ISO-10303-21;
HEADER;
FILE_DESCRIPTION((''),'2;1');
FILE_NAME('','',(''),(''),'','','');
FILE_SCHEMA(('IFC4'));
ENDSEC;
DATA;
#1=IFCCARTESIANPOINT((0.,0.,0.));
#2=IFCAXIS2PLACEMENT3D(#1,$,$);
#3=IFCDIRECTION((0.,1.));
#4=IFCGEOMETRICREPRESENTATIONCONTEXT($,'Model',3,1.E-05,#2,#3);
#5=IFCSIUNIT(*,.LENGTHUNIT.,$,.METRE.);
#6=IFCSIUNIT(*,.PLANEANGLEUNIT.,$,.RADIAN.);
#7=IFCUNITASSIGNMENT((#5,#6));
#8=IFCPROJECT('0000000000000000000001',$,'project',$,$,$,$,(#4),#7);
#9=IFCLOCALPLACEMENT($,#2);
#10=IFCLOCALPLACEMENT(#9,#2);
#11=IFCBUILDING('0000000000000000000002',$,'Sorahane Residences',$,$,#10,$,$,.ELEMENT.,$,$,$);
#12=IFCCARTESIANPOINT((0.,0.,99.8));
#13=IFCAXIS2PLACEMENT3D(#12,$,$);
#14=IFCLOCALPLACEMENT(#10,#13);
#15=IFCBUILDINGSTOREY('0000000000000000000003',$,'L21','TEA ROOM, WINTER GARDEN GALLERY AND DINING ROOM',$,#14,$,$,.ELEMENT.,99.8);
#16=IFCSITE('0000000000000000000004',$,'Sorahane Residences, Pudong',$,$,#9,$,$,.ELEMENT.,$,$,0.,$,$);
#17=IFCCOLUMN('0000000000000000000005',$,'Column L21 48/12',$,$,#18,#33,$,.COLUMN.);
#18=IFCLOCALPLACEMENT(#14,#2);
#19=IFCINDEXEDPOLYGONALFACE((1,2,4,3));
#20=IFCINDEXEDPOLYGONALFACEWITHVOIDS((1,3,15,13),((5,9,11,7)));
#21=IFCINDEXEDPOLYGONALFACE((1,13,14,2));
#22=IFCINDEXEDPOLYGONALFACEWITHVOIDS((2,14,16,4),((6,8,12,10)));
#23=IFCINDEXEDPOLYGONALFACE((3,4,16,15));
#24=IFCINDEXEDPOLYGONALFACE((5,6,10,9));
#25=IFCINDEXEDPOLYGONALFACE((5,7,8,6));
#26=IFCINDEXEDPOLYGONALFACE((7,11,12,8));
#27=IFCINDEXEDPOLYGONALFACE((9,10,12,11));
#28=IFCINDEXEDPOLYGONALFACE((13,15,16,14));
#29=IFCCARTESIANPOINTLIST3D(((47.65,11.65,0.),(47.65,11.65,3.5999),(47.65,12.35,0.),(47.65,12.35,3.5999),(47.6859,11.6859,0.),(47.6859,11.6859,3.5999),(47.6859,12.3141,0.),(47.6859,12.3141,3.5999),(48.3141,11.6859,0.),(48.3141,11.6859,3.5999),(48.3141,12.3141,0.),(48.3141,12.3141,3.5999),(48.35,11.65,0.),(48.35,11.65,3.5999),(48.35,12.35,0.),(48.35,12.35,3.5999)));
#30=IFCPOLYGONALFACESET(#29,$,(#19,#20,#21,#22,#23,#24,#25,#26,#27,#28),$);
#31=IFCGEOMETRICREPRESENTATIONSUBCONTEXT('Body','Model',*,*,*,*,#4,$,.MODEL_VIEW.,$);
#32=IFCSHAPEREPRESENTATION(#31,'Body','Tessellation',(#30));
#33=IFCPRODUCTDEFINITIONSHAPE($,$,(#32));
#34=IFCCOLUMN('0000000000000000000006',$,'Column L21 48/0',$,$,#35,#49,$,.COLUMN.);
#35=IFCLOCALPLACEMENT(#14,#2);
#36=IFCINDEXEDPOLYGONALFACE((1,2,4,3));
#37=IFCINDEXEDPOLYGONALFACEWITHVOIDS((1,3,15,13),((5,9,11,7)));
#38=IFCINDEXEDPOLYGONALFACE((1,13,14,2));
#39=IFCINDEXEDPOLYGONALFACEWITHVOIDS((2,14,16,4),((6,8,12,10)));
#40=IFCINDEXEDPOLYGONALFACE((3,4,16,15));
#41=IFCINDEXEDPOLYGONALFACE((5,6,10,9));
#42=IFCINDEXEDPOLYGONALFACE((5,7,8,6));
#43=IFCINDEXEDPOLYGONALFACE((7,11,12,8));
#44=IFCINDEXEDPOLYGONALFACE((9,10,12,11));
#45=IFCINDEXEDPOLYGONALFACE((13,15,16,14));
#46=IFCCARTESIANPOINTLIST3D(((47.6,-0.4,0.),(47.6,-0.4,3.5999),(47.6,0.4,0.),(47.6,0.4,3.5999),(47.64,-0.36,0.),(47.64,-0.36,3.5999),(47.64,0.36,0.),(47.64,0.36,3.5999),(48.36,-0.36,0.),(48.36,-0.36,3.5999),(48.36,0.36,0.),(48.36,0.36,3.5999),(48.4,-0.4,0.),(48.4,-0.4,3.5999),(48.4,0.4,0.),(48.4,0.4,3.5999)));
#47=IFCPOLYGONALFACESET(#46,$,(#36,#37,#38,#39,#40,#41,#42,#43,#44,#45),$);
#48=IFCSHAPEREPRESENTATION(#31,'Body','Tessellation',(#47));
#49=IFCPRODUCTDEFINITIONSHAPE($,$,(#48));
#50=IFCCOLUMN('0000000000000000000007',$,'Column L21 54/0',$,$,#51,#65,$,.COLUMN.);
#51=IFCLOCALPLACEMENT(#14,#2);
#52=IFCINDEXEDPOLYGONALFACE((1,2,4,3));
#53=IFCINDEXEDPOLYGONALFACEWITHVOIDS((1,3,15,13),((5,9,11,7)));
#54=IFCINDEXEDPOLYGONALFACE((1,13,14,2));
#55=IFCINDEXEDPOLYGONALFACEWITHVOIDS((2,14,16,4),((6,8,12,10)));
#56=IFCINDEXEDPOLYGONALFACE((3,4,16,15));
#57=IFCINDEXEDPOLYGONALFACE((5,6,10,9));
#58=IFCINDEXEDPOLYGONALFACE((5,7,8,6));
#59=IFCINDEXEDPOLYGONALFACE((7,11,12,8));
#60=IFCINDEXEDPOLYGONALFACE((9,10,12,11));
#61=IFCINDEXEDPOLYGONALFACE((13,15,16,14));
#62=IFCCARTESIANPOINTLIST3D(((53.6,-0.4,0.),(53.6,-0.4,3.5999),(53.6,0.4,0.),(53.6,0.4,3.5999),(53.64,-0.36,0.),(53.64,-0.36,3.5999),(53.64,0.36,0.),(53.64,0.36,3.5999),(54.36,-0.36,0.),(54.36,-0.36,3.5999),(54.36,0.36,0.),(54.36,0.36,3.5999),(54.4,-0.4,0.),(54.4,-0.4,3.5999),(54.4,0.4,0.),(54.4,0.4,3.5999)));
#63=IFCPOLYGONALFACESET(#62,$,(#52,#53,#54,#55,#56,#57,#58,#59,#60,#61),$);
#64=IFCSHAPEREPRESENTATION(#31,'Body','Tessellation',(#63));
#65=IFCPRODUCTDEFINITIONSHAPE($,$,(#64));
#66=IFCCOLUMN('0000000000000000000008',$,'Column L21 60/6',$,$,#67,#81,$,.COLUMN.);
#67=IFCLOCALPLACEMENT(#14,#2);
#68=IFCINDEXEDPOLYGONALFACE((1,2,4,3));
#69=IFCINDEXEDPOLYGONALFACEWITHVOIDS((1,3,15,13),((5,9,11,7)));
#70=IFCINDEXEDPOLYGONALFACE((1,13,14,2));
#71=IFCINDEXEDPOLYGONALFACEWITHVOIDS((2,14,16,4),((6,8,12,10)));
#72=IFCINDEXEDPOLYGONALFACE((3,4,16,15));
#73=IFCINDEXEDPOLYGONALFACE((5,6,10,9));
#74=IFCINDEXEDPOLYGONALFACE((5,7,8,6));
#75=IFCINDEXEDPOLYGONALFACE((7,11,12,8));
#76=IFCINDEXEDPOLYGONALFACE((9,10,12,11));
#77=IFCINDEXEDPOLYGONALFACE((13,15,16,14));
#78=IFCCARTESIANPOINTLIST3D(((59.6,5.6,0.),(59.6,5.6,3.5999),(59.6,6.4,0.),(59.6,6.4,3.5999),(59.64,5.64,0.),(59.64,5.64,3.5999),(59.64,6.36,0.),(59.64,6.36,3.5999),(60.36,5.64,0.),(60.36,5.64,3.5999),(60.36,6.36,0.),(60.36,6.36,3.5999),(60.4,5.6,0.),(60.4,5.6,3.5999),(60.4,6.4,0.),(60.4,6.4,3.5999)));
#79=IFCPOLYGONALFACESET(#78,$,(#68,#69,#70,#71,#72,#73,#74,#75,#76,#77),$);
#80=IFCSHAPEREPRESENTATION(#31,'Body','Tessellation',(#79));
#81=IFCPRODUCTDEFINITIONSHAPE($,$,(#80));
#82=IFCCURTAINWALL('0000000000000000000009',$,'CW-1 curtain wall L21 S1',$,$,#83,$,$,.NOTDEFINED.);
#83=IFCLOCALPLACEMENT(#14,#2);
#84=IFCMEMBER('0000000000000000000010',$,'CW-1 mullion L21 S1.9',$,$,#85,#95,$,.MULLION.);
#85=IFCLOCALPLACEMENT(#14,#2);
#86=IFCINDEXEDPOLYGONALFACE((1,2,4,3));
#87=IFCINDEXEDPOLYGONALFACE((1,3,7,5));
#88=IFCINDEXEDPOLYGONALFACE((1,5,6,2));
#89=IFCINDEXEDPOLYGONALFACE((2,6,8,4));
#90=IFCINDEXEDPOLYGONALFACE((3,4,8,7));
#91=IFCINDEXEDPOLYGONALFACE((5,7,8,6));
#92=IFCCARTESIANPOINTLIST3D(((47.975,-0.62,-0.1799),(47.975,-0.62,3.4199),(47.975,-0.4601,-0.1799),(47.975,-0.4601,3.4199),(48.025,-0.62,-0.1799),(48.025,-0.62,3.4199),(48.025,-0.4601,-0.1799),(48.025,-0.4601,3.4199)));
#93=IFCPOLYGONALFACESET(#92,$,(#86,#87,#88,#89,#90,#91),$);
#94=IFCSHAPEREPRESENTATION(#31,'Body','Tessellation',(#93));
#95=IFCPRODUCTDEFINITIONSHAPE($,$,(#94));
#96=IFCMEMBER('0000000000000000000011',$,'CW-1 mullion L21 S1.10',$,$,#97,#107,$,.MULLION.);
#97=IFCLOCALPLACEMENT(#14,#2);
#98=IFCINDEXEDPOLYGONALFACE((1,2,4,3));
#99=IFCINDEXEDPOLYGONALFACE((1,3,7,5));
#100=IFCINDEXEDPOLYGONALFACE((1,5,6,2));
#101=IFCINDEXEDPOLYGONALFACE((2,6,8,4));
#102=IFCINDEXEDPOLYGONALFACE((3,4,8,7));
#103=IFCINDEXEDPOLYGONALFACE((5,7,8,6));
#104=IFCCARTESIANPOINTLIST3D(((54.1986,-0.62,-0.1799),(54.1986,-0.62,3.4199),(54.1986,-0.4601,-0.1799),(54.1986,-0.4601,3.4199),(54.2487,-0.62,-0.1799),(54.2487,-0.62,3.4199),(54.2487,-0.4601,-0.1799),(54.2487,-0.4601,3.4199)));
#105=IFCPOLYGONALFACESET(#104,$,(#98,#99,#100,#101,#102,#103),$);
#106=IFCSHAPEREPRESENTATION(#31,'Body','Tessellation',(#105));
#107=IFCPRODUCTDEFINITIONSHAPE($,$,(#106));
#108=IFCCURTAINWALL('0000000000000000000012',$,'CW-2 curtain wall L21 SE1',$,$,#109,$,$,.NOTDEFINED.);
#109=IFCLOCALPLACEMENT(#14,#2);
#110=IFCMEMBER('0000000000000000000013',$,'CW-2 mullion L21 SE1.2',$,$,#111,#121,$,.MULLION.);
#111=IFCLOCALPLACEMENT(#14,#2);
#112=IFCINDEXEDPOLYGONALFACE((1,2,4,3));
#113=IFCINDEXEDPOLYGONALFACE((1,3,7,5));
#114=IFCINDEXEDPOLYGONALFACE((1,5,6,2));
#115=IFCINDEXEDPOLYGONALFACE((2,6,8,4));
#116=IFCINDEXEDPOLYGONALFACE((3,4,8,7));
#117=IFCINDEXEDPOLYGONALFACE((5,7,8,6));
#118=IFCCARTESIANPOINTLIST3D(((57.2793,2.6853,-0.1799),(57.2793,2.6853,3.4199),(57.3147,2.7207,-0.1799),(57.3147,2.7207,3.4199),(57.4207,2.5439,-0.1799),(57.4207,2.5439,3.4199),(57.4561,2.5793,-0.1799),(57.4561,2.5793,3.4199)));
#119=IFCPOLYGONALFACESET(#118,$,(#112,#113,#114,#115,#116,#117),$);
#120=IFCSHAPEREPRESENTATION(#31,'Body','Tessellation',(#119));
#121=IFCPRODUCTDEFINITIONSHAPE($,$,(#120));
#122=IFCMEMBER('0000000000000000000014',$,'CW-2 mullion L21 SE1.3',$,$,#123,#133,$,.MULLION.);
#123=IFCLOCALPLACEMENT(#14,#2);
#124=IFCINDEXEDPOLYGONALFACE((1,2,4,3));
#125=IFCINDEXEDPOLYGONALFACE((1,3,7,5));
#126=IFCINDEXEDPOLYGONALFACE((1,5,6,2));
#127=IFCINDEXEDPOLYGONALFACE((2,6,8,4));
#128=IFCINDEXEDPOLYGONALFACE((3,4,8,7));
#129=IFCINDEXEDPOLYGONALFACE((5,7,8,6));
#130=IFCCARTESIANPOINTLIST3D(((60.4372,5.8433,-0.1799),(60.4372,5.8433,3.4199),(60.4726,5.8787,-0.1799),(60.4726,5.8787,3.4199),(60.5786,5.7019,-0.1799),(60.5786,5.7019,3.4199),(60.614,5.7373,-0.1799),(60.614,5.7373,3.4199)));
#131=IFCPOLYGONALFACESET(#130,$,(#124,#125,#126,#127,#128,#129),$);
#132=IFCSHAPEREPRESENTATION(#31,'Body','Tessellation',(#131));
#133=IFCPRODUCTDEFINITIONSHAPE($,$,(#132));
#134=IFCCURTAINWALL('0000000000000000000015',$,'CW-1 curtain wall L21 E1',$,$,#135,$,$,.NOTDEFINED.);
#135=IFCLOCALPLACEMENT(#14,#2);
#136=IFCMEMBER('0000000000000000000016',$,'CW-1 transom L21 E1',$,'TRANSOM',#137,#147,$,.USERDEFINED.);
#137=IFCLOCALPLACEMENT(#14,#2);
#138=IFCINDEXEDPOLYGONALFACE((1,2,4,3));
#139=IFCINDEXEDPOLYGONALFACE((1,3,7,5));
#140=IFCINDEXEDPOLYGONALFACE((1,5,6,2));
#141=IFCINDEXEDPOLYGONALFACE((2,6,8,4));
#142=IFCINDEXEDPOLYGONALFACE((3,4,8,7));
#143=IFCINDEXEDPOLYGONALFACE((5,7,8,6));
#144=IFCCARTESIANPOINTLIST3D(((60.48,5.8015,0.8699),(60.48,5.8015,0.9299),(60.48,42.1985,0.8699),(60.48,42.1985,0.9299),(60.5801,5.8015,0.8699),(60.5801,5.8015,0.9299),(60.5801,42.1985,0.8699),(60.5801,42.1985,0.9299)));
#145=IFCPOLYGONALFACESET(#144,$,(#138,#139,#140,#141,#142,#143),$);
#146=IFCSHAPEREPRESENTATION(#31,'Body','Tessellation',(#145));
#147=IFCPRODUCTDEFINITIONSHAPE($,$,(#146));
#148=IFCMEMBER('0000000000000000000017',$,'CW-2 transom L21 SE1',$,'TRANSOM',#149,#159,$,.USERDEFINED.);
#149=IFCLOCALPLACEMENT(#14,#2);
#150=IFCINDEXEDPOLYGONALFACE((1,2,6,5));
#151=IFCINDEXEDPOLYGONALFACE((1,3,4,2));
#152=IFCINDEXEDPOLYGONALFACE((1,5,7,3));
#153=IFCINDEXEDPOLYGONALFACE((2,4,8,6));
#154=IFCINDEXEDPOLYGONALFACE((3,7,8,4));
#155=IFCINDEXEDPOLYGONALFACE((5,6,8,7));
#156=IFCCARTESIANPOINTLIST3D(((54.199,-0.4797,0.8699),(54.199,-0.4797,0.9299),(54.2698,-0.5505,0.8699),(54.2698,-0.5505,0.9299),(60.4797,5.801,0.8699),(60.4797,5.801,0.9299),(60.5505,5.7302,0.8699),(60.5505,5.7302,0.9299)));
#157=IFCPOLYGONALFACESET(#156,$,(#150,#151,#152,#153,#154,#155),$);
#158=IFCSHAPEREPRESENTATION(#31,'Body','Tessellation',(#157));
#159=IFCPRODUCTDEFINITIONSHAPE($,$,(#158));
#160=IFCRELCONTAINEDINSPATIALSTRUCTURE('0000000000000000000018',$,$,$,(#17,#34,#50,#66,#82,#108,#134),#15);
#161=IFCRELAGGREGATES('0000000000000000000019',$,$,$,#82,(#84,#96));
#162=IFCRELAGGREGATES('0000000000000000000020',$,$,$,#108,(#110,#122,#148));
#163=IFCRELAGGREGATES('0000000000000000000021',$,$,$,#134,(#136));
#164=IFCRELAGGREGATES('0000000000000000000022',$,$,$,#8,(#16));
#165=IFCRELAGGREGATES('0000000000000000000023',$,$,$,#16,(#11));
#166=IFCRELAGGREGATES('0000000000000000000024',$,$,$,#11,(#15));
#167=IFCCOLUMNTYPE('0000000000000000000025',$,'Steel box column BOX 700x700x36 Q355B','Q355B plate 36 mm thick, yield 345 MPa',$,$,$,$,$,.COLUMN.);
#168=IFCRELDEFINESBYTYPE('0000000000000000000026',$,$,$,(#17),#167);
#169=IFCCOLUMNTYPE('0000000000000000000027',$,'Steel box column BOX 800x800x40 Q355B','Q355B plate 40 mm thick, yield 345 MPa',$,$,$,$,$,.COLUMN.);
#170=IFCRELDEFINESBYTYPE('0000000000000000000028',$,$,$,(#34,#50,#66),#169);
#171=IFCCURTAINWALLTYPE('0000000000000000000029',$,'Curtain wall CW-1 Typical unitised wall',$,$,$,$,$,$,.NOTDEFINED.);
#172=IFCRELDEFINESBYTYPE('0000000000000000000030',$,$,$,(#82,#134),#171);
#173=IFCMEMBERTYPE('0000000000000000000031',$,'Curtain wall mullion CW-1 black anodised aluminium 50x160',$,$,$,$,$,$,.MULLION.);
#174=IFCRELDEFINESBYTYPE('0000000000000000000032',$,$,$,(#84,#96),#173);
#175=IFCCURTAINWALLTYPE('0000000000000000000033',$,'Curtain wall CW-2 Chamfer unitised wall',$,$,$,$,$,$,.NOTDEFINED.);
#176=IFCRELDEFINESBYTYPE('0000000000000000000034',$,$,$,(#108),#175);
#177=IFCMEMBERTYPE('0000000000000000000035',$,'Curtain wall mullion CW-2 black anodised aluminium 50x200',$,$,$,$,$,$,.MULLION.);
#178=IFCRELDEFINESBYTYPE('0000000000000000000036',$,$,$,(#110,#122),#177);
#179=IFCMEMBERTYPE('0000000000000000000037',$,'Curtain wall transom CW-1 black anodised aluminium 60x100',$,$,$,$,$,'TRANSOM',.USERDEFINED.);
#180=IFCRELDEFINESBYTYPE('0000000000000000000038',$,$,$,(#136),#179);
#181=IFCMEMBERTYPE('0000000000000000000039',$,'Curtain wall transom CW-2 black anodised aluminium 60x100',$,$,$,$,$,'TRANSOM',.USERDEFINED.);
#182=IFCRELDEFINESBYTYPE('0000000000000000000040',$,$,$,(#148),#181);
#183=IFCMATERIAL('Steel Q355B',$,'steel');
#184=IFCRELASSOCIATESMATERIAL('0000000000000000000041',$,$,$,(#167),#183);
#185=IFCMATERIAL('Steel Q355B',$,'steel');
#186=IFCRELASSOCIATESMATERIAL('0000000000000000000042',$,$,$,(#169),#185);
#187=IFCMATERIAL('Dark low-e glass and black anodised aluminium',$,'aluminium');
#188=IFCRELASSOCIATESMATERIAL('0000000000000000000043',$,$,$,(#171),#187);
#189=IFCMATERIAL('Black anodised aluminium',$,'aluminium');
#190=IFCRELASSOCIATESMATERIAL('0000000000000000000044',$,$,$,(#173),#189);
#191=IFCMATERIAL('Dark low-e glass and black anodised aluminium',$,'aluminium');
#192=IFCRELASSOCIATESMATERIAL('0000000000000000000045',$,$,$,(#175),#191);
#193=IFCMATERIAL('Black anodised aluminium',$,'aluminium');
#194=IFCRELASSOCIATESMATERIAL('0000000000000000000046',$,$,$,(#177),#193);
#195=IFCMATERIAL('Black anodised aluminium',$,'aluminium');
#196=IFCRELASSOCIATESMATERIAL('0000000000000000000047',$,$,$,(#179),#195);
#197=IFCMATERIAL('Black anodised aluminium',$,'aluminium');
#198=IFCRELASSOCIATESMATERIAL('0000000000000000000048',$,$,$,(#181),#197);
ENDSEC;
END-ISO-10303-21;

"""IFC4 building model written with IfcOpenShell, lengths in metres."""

from ifc_helpers import new_model, si_unit, direction, frame, origin, origin_2d, place, context, subcontext, project, spatial, rectangle, hollow_rectangle, extrude, material, material_profile, profile_set, type_object, element, aggregate, save


model = new_model("IFC4")

# Units and contexts
model_context = context("Model", 3, precision=1e-05, world=origin(), true_north=direction((0.0, 1.0)))
body_context = subcontext(model_context, "Body", "Model", "MODEL_VIEW")
ifc_project = project(units=[si_unit("LENGTHUNIT", "METRE"), si_unit("PLANEANGLEUNIT", "RADIAN")], contexts=[model_context])

# Site, building, storey
site_placement = place(None, origin())
site = spatial("IfcSite", under=ifc_project, at=site_placement, Name="Sorahane Residences, Pudong", CompositionType="ELEMENT", RefElevation=0.0)
building_placement = place(site_placement, origin())
building = spatial("IfcBuilding", under=site, at=building_placement, Name="Sorahane Residences", CompositionType="ELEMENT")
storey_placement = place(building_placement, frame((0.0, 0.0, 99.8)))
storey = spatial("IfcBuildingStorey", under=building, at=storey_placement, Name="L21", Description="TEA ROOM, WINTER GARDEN GALLERY AND DINING ROOM", CompositionType="ELEMENT", Elevation=99.8)

# Columns
ifc_material_1 = material(Name="Steel Q355B", Category="steel")
ifc_material_profile_1 = material_profile(ifc_material_1, hollow_rectangle(XDim=0.7, YDim=0.7, WallThickness=0.0359, at=origin_2d()), Name="BOX 700x700x36")
ifc_profile_set_1 = profile_set([ifc_material_profile_1], Name="Steel Q355B")
column_type_1 = type_object("IfcColumnType", Name="Steel box column BOX 700x700x36 Q355B", Description="Q355B plate 36 mm thick, yield 345 MPa", PredefinedType="COLUMN", material=ifc_profile_set_1)
column_placement = place(storey_placement, frame((48.0, 12.0, 0.0), z_axis=(0.0, 0.0, 1.0), x_axis=(1.0, 0.0, 0.0)))
element("IfcColumn", 1, at=column_placement, inside=storey, type_object=column_type_1, Name="Column L21 48/12", PredefinedType="COLUMN", context=body_context, shape_type="SweptSolid", body=[
    extrude(hollow_rectangle(XDim=0.7, YDim=0.7, WallThickness=0.0359, at=origin_2d()), origin(), (0.0, 0.0, 1.0), 3.5999),
])
ifc_material_2 = material(Name="Steel Q355B", Category="steel")
ifc_material_profile_2 = material_profile(ifc_material_2, hollow_rectangle(XDim=0.8, YDim=0.8, WallThickness=0.04, at=origin_2d()), Name="BOX 800x800x40")
ifc_profile_set_2 = profile_set([ifc_material_profile_2], Name="Steel Q355B")
column_type_2 = type_object("IfcColumnType", Name="Steel box column BOX 800x800x40 Q355B", Description="Q355B plate 40 mm thick, yield 345 MPa", PredefinedType="COLUMN", material=ifc_profile_set_2)
for number, where, z_axis, x_axis, name in (
    (2, (48.0, 0.0, 0.0), (0.0, 0.0, 1.0), (1.0, 0.0, 0.0), "Column L21 48/0"),
    (3, (54.0, 0.0, 0.0), (0.0, 0.0, 1.0), (1.0, 0.0, 0.0), "Column L21 54/0"),
    (4, (60.0, 6.0, 0.0), (0.0, 0.0, 1.0), (1.0, 0.0, 0.0), "Column L21 60/6"),
):
    element("IfcColumn", number, at=place(storey_placement, frame(where, z_axis=z_axis, x_axis=x_axis)), inside=storey, type_object=column_type_2, Name=name, PredefinedType="COLUMN", context=body_context, shape_type="SweptSolid", body=[
        extrude(hollow_rectangle(XDim=0.8, YDim=0.8, WallThickness=0.04, at=origin_2d()), origin(), (0.0, 0.0, 1.0), 3.5999),
    ])

# Curtain walls, members
ifc_material_3 = material(Name="Dark low-e glass and black anodised aluminium", Category="aluminium")
curtain_wall_type_1 = type_object("IfcCurtainWallType", Name="Curtain wall CW-1 Typical unitised wall", PredefinedType="NOTDEFINED", material=ifc_material_3)
curtain_wall_1_placement = place(storey_placement, origin())
curtain_wall_1 = element("IfcCurtainWall", 5, at=curtain_wall_1_placement, inside=storey, type_object=curtain_wall_type_1, Name="CW-1 curtain wall L21 S1", PredefinedType="NOTDEFINED")
ifc_material_4 = material(Name="Black anodised aluminium", Category="aluminium")
ifc_material_profile_3 = material_profile(ifc_material_4, rectangle(XDim=0.1599, YDim=0.05, at=origin_2d()), Name="Curtain wall mullion CW-1 black anodised aluminium 50x160")
ifc_profile_set_3 = profile_set([ifc_material_profile_3], Name="Black anodised aluminium")
member_type_1 = type_object("IfcMemberType", Name="Curtain wall mullion CW-1 black anodised aluminium 50x160", PredefinedType="MULLION", material=ifc_profile_set_3)
member_1_placement = place(storey_placement, frame((48.0, -0.54, -0.1799), z_axis=(0.0, 0.0, 1.0), x_axis=(0.0, -1.0, 0.0)))
member_1 = element("IfcMember", 6, at=member_1_placement, type_object=member_type_1, Name="CW-1 mullion L21 S1.9", PredefinedType="MULLION", context=body_context, shape_type="SweptSolid", body=[
    extrude(rectangle(XDim=0.1599, YDim=0.05, at=origin_2d()), origin(), (0.0, 0.0, 1.0), 3.5999),
])
member_2_placement = place(storey_placement, frame((54.2236, -0.54, -0.1799), z_axis=(0.0, 0.0, 1.0), x_axis=(0.0, -1.0, 0.0)))
member_2 = element("IfcMember", 7, at=member_2_placement, type_object=member_type_1, Name="CW-1 mullion L21 S1.10", PredefinedType="MULLION", context=body_context, shape_type="SweptSolid", body=[
    extrude(rectangle(XDim=0.1599, YDim=0.05, at=origin_2d()), origin(), (0.0, 0.0, 1.0), 3.5999),
])
ifc_material_5 = material(Name="Dark low-e glass and black anodised aluminium", Category="aluminium")
curtain_wall_type_2 = type_object("IfcCurtainWallType", Name="Curtain wall CW-2 Chamfer unitised wall", PredefinedType="NOTDEFINED", material=ifc_material_5)
curtain_wall_2_placement = place(storey_placement, origin())
curtain_wall_2 = element("IfcCurtainWall", 8, at=curtain_wall_2_placement, inside=storey, type_object=curtain_wall_type_2, Name="CW-2 curtain wall L21 SE1", PredefinedType="NOTDEFINED")
ifc_material_6 = material(Name="Black anodised aluminium", Category="aluminium")
ifc_material_profile_4 = material_profile(ifc_material_6, rectangle(XDim=0.2, YDim=0.05, at=origin_2d()), Name="Curtain wall mullion CW-2 black anodised aluminium 50x200")
ifc_profile_set_4 = profile_set([ifc_material_profile_4], Name="Black anodised aluminium")
member_type_2 = type_object("IfcMemberType", Name="Curtain wall mullion CW-2 black anodised aluminium 50x200", PredefinedType="MULLION", material=ifc_profile_set_4)
member_3_placement = place(storey_placement, frame((57.3677, 2.6323, -0.1799), z_axis=(0.0, 0.0, 1.0), x_axis=(0.707107, -0.707107, 0.0)))
member_3 = element("IfcMember", 9, at=member_3_placement, type_object=member_type_2, Name="CW-2 mullion L21 SE1.2", PredefinedType="MULLION", context=body_context, shape_type="SweptSolid", body=[
    extrude(rectangle(XDim=0.2, YDim=0.05, at=origin_2d()), origin(), (0.0, 0.0, 1.0), 3.5999),
])
member_4_placement = place(storey_placement, frame((60.5256, 5.7903, -0.1799), z_axis=(0.0, 0.0, 1.0), x_axis=(0.707107, -0.707107, 0.0)))
member_4 = element("IfcMember", 10, at=member_4_placement, type_object=member_type_2, Name="CW-2 mullion L21 SE1.3", PredefinedType="MULLION", context=body_context, shape_type="SweptSolid", body=[
    extrude(rectangle(XDim=0.2, YDim=0.05, at=origin_2d()), origin(), (0.0, 0.0, 1.0), 3.5999),
])

# Curtain wall, member
curtain_wall_3_placement = place(storey_placement, origin())
curtain_wall_3 = element("IfcCurtainWall", 11, at=curtain_wall_3_placement, inside=storey, type_object=curtain_wall_type_1, Name="CW-1 curtain wall L21 E1", PredefinedType="NOTDEFINED")
ifc_material_7 = material(Name="Black anodised aluminium", Category="aluminium")
ifc_material_profile_5 = material_profile(ifc_material_7, rectangle(XDim=0.1001, YDim=0.0601, at=origin_2d()), Name="Curtain wall transom CW-1 black anodised aluminium 60x100")
ifc_profile_set_5 = profile_set([ifc_material_profile_5], Name="Black anodised aluminium")
member_type_3 = type_object("IfcMemberType", Name="Curtain wall transom CW-1 black anodised aluminium 60x100", ElementType="TRANSOM", PredefinedType="USERDEFINED", material=ifc_profile_set_5)
member_5_placement = place(storey_placement, frame((60.53, 5.8015, 0.8999), z_axis=(0.0, 1.0, 0.0), x_axis=(-1.0, 0.0, 0.0)))
member_5 = element("IfcMember", 12, at=member_5_placement, type_object=member_type_3, Name="CW-1 transom L21 E1", ObjectType="TRANSOM", PredefinedType="USERDEFINED", context=body_context, shape_type="SweptSolid", body=[
    extrude(rectangle(XDim=0.1001, YDim=0.0601, at=origin_2d()), origin(), (0.0, 0.0, 1.0), 36.397),
])

# Member
ifc_material_8 = material(Name="Black anodised aluminium", Category="aluminium")
ifc_material_profile_6 = material_profile(ifc_material_8, rectangle(XDim=0.1001, YDim=0.0601, at=origin_2d()), Name="Curtain wall transom CW-2 black anodised aluminium 60x100")
ifc_profile_set_6 = profile_set([ifc_material_profile_6], Name="Black anodised aluminium")
member_type_4 = type_object("IfcMemberType", Name="Curtain wall transom CW-2 black anodised aluminium 60x100", ElementType="TRANSOM", PredefinedType="USERDEFINED", material=ifc_profile_set_6)
member_6_placement = place(storey_placement, frame((54.2344, -0.5151, 0.8999), z_axis=(0.707107, 0.707107, 0.0), x_axis=(-0.707107, 0.707107, 0.0)))
member_6 = element("IfcMember", 13, at=member_6_placement, type_object=member_type_4, Name="CW-2 transom L21 SE1", ObjectType="TRANSOM", PredefinedType="USERDEFINED", context=body_context, shape_type="SweptSolid", body=[
    extrude(rectangle(XDim=0.1001, YDim=0.0601, at=origin_2d()), origin(), (0.0, 0.0, 1.0), 8.8823),
])

aggregate(curtain_wall_1, [member_1, member_2])
aggregate(curtain_wall_2, [member_3, member_4, member_6])
aggregate(curtain_wall_3, [member_5])

save(model, "model.ifc")
